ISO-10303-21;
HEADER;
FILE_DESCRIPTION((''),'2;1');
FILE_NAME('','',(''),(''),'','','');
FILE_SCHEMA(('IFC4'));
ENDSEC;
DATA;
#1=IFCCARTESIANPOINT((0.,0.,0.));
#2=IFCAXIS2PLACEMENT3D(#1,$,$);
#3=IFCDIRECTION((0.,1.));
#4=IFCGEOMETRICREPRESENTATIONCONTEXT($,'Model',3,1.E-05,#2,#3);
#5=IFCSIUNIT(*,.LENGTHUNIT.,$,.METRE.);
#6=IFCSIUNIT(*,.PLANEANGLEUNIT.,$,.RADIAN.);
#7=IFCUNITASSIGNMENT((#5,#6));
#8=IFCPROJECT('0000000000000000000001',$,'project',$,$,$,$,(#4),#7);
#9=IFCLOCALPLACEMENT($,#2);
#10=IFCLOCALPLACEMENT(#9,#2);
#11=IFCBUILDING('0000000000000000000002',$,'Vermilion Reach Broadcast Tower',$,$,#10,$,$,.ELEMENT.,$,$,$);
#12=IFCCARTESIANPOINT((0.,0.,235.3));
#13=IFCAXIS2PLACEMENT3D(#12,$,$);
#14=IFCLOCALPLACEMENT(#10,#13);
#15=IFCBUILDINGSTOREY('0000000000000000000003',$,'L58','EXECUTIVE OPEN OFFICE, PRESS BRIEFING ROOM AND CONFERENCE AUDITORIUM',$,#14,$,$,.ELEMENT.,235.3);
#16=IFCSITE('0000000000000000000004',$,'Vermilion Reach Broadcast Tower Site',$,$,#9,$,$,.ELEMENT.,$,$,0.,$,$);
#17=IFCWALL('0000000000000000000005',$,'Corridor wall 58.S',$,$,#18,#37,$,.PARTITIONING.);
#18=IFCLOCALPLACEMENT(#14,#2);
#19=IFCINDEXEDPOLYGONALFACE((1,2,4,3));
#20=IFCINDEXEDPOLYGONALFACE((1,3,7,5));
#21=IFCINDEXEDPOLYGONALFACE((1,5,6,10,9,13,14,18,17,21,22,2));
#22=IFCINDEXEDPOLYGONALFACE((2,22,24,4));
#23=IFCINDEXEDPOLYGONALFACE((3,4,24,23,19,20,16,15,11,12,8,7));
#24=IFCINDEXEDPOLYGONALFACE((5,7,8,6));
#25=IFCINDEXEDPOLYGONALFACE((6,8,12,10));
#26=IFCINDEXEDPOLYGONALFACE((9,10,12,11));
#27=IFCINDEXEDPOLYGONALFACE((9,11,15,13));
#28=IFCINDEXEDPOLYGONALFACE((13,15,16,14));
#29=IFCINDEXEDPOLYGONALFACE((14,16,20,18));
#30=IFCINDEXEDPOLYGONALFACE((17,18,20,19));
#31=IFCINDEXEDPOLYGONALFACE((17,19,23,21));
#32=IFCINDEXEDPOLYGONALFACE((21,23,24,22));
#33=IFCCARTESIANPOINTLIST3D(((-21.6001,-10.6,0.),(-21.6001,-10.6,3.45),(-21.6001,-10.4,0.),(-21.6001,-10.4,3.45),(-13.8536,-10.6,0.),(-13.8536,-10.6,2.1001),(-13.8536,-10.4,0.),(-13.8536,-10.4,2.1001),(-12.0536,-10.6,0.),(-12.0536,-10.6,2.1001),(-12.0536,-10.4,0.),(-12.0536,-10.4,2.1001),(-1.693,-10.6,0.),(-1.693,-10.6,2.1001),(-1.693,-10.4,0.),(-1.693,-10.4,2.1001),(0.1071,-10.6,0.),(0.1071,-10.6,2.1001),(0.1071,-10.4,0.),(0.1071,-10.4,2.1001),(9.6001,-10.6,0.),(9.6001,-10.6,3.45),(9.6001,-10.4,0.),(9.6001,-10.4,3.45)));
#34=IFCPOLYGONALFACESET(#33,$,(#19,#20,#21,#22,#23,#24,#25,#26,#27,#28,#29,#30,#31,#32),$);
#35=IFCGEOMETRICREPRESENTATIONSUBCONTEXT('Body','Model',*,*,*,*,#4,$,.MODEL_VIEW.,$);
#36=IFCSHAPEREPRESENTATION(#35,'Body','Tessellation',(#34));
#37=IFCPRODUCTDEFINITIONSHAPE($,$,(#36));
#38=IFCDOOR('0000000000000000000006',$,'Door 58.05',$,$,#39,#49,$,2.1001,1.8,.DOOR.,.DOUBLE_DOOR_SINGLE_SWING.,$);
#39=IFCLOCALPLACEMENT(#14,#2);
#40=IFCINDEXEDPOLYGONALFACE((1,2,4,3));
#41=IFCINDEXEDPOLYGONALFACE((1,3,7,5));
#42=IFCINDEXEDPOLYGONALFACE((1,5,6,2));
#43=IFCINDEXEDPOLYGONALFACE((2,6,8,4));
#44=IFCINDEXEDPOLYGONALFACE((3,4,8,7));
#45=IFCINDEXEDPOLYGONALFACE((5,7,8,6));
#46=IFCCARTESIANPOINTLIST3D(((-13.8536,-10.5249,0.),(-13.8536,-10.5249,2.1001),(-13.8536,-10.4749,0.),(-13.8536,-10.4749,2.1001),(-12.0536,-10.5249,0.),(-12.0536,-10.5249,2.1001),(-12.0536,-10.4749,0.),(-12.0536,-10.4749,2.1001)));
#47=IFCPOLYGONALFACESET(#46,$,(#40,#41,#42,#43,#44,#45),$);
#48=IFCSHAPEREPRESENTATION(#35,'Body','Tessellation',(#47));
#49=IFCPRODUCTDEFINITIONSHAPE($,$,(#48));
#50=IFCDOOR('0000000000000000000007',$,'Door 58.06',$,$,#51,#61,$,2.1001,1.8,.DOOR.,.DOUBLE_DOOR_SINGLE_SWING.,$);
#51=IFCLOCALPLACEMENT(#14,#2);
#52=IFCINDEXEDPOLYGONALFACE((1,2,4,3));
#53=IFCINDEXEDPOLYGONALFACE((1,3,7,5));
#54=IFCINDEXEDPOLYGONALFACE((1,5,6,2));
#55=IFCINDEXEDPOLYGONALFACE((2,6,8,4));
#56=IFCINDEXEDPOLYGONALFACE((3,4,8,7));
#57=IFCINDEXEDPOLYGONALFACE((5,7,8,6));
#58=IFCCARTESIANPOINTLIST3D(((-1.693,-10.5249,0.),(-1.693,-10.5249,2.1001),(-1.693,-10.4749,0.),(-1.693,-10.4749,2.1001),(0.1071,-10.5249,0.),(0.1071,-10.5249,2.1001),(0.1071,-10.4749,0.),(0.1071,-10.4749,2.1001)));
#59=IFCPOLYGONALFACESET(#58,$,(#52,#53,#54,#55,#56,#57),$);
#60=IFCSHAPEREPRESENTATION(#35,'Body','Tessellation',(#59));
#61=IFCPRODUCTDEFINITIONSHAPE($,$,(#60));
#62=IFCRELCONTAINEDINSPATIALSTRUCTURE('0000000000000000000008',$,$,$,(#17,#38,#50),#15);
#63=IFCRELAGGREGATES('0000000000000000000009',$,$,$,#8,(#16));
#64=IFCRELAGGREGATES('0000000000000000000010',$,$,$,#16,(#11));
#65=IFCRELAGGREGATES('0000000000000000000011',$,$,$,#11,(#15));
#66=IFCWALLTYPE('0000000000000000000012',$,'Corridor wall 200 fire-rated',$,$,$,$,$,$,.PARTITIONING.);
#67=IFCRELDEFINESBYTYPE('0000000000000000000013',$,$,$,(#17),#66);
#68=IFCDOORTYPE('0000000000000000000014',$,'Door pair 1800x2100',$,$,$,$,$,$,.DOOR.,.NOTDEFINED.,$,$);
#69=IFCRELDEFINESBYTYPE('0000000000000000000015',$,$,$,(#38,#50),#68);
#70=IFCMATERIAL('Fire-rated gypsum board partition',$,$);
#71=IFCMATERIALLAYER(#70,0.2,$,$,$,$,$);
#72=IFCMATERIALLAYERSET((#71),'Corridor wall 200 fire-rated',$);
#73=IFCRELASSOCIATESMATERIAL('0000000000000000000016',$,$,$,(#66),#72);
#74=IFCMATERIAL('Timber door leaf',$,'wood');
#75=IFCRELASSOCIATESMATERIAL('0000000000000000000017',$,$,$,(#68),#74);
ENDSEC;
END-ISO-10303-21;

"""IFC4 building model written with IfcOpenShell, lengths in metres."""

from ifc_helpers import new_model, si_unit, direction, frame, frame_2d, origin, place, context, subcontext, project, spatial, rectangle, extrude, material, layer, layer_set, type_object, element, fill, save


model = new_model("IFC4")

# Units and contexts
model_context = context("Model", 3, precision=1e-05, world=origin(), true_north=direction((0.0, 1.0)))
body_context = subcontext(model_context, "Body", "Model", "MODEL_VIEW")
ifc_project = project(units=[si_unit("LENGTHUNIT", "METRE"), si_unit("PLANEANGLEUNIT", "RADIAN")], contexts=[model_context])

# Site, building, storey
site_placement = place(None, origin())
site = spatial("IfcSite", under=ifc_project, at=site_placement, Name="Vermilion Reach Broadcast Tower Site", CompositionType="ELEMENT", RefElevation=0.0)
building_placement = place(site_placement, origin())
building = spatial("IfcBuilding", under=site, at=building_placement, Name="Vermilion Reach Broadcast Tower", CompositionType="ELEMENT")
storey_placement = place(building_placement, frame((0.0, 0.0, 235.3)))
storey = spatial("IfcBuildingStorey", under=building, at=storey_placement, Name="L58", Description="EXECUTIVE OPEN OFFICE, PRESS BRIEFING ROOM AND CONFERENCE AUDITORIUM", CompositionType="ELEMENT", Elevation=235.3)

# Wall, openings, doors
ifc_material_1 = material(Name="Fire-rated gypsum board partition")
ifc_layer_1 = layer(ifc_material_1, 0.2)
ifc_layer_set_1 = layer_set([ifc_layer_1], Name="Corridor wall 200 fire-rated")
wall_type = type_object("IfcWallType", Name="Corridor wall 200 fire-rated", PredefinedType="PARTITIONING", material=ifc_layer_set_1)
wall_placement = place(storey_placement, frame((9.6001, -10.5, 0.0), z_axis=(0.0, 0.0, 1.0), x_axis=(-1.0, 0.0, 0.0)))
wall = element("IfcWall", 1, at=wall_placement, inside=storey, type_object=wall_type, Name="Corridor wall 58.S", PredefinedType="PARTITIONING", context=body_context, shape_type="SweptSolid", body=[
    extrude(rectangle(XDim=31.2002, YDim=0.2, at=frame_2d((15.6001, 0.0))), origin(), (0.0, 0.0, 1.0), 3.45),
])
opening_1_placement = place(wall_placement, frame((21.6538, 0.0, 0.0)))
opening_1 = element("IfcOpeningElement", 2, at=opening_1_placement, cuts=wall, PredefinedType="OPENING", context=body_context, shape_type="SweptSolid", body=[
    extrude(rectangle(XDim=1.8, YDim=2.1001, at=frame_2d((0.8999, 1.05))), frame((0.0, 0.1099, 0.0), z_axis=(0.0, -1.0, 0.0), x_axis=(1.0, 0.0, 0.0)), (0.0, 0.0, 1.0), 0.22),
])
opening_2_placement = place(wall_placement, frame((9.4932, 0.0, 0.0)))
opening_2 = element("IfcOpeningElement", 3, at=opening_2_placement, cuts=wall, PredefinedType="OPENING", context=body_context, shape_type="SweptSolid", body=[
    extrude(rectangle(XDim=1.8, YDim=2.1001, at=frame_2d((0.8999, 1.05))), frame((0.0, 0.1099, 0.0), z_axis=(0.0, -1.0, 0.0), x_axis=(1.0, 0.0, 0.0)), (0.0, 0.0, 1.0), 0.22),
])
ifc_material_2 = material(Name="Timber door leaf", Category="wood")
door_type = type_object("IfcDoorType", Name="Door pair 1800x2100", OperationType="NOTDEFINED", PredefinedType="DOOR", material=ifc_material_2)
door_1_placement = place(opening_1_placement, origin())
door_1 = element("IfcDoor", 4, at=door_1_placement, inside=storey, type_object=door_type, Name="Door 58.05", OperationType="DOUBLE_DOOR_SINGLE_SWING", OverallHeight=2.1001, OverallWidth=1.8, PredefinedType="DOOR", context=body_context, shape_type="SweptSolid", body=[
    extrude(rectangle(XDim=1.8, YDim=2.1001, at=frame_2d((0.8999, 1.05))), frame((0.0, 0.0249, 0.0), z_axis=(0.0, -1.0, 0.0), x_axis=(1.0, 0.0, 0.0)), (0.0, 0.0, 1.0), 0.05),
])
fill(opening_1, door_1)
door_2_placement = place(opening_2_placement, origin())
door_2 = element("IfcDoor", 5, at=door_2_placement, inside=storey, type_object=door_type, Name="Door 58.06", OperationType="DOUBLE_DOOR_SINGLE_SWING", OverallHeight=2.1001, OverallWidth=1.8, PredefinedType="DOOR", context=body_context, shape_type="SweptSolid", body=[
    extrude(rectangle(XDim=1.8, YDim=2.1001, at=frame_2d((0.8999, 1.05))), frame((0.0, 0.0249, 0.0), z_axis=(0.0, -1.0, 0.0), x_axis=(1.0, 0.0, 0.0)), (0.0, 0.0, 1.0), 0.05),
])
fill(opening_2, door_2)

save(model, "model.ifc")
